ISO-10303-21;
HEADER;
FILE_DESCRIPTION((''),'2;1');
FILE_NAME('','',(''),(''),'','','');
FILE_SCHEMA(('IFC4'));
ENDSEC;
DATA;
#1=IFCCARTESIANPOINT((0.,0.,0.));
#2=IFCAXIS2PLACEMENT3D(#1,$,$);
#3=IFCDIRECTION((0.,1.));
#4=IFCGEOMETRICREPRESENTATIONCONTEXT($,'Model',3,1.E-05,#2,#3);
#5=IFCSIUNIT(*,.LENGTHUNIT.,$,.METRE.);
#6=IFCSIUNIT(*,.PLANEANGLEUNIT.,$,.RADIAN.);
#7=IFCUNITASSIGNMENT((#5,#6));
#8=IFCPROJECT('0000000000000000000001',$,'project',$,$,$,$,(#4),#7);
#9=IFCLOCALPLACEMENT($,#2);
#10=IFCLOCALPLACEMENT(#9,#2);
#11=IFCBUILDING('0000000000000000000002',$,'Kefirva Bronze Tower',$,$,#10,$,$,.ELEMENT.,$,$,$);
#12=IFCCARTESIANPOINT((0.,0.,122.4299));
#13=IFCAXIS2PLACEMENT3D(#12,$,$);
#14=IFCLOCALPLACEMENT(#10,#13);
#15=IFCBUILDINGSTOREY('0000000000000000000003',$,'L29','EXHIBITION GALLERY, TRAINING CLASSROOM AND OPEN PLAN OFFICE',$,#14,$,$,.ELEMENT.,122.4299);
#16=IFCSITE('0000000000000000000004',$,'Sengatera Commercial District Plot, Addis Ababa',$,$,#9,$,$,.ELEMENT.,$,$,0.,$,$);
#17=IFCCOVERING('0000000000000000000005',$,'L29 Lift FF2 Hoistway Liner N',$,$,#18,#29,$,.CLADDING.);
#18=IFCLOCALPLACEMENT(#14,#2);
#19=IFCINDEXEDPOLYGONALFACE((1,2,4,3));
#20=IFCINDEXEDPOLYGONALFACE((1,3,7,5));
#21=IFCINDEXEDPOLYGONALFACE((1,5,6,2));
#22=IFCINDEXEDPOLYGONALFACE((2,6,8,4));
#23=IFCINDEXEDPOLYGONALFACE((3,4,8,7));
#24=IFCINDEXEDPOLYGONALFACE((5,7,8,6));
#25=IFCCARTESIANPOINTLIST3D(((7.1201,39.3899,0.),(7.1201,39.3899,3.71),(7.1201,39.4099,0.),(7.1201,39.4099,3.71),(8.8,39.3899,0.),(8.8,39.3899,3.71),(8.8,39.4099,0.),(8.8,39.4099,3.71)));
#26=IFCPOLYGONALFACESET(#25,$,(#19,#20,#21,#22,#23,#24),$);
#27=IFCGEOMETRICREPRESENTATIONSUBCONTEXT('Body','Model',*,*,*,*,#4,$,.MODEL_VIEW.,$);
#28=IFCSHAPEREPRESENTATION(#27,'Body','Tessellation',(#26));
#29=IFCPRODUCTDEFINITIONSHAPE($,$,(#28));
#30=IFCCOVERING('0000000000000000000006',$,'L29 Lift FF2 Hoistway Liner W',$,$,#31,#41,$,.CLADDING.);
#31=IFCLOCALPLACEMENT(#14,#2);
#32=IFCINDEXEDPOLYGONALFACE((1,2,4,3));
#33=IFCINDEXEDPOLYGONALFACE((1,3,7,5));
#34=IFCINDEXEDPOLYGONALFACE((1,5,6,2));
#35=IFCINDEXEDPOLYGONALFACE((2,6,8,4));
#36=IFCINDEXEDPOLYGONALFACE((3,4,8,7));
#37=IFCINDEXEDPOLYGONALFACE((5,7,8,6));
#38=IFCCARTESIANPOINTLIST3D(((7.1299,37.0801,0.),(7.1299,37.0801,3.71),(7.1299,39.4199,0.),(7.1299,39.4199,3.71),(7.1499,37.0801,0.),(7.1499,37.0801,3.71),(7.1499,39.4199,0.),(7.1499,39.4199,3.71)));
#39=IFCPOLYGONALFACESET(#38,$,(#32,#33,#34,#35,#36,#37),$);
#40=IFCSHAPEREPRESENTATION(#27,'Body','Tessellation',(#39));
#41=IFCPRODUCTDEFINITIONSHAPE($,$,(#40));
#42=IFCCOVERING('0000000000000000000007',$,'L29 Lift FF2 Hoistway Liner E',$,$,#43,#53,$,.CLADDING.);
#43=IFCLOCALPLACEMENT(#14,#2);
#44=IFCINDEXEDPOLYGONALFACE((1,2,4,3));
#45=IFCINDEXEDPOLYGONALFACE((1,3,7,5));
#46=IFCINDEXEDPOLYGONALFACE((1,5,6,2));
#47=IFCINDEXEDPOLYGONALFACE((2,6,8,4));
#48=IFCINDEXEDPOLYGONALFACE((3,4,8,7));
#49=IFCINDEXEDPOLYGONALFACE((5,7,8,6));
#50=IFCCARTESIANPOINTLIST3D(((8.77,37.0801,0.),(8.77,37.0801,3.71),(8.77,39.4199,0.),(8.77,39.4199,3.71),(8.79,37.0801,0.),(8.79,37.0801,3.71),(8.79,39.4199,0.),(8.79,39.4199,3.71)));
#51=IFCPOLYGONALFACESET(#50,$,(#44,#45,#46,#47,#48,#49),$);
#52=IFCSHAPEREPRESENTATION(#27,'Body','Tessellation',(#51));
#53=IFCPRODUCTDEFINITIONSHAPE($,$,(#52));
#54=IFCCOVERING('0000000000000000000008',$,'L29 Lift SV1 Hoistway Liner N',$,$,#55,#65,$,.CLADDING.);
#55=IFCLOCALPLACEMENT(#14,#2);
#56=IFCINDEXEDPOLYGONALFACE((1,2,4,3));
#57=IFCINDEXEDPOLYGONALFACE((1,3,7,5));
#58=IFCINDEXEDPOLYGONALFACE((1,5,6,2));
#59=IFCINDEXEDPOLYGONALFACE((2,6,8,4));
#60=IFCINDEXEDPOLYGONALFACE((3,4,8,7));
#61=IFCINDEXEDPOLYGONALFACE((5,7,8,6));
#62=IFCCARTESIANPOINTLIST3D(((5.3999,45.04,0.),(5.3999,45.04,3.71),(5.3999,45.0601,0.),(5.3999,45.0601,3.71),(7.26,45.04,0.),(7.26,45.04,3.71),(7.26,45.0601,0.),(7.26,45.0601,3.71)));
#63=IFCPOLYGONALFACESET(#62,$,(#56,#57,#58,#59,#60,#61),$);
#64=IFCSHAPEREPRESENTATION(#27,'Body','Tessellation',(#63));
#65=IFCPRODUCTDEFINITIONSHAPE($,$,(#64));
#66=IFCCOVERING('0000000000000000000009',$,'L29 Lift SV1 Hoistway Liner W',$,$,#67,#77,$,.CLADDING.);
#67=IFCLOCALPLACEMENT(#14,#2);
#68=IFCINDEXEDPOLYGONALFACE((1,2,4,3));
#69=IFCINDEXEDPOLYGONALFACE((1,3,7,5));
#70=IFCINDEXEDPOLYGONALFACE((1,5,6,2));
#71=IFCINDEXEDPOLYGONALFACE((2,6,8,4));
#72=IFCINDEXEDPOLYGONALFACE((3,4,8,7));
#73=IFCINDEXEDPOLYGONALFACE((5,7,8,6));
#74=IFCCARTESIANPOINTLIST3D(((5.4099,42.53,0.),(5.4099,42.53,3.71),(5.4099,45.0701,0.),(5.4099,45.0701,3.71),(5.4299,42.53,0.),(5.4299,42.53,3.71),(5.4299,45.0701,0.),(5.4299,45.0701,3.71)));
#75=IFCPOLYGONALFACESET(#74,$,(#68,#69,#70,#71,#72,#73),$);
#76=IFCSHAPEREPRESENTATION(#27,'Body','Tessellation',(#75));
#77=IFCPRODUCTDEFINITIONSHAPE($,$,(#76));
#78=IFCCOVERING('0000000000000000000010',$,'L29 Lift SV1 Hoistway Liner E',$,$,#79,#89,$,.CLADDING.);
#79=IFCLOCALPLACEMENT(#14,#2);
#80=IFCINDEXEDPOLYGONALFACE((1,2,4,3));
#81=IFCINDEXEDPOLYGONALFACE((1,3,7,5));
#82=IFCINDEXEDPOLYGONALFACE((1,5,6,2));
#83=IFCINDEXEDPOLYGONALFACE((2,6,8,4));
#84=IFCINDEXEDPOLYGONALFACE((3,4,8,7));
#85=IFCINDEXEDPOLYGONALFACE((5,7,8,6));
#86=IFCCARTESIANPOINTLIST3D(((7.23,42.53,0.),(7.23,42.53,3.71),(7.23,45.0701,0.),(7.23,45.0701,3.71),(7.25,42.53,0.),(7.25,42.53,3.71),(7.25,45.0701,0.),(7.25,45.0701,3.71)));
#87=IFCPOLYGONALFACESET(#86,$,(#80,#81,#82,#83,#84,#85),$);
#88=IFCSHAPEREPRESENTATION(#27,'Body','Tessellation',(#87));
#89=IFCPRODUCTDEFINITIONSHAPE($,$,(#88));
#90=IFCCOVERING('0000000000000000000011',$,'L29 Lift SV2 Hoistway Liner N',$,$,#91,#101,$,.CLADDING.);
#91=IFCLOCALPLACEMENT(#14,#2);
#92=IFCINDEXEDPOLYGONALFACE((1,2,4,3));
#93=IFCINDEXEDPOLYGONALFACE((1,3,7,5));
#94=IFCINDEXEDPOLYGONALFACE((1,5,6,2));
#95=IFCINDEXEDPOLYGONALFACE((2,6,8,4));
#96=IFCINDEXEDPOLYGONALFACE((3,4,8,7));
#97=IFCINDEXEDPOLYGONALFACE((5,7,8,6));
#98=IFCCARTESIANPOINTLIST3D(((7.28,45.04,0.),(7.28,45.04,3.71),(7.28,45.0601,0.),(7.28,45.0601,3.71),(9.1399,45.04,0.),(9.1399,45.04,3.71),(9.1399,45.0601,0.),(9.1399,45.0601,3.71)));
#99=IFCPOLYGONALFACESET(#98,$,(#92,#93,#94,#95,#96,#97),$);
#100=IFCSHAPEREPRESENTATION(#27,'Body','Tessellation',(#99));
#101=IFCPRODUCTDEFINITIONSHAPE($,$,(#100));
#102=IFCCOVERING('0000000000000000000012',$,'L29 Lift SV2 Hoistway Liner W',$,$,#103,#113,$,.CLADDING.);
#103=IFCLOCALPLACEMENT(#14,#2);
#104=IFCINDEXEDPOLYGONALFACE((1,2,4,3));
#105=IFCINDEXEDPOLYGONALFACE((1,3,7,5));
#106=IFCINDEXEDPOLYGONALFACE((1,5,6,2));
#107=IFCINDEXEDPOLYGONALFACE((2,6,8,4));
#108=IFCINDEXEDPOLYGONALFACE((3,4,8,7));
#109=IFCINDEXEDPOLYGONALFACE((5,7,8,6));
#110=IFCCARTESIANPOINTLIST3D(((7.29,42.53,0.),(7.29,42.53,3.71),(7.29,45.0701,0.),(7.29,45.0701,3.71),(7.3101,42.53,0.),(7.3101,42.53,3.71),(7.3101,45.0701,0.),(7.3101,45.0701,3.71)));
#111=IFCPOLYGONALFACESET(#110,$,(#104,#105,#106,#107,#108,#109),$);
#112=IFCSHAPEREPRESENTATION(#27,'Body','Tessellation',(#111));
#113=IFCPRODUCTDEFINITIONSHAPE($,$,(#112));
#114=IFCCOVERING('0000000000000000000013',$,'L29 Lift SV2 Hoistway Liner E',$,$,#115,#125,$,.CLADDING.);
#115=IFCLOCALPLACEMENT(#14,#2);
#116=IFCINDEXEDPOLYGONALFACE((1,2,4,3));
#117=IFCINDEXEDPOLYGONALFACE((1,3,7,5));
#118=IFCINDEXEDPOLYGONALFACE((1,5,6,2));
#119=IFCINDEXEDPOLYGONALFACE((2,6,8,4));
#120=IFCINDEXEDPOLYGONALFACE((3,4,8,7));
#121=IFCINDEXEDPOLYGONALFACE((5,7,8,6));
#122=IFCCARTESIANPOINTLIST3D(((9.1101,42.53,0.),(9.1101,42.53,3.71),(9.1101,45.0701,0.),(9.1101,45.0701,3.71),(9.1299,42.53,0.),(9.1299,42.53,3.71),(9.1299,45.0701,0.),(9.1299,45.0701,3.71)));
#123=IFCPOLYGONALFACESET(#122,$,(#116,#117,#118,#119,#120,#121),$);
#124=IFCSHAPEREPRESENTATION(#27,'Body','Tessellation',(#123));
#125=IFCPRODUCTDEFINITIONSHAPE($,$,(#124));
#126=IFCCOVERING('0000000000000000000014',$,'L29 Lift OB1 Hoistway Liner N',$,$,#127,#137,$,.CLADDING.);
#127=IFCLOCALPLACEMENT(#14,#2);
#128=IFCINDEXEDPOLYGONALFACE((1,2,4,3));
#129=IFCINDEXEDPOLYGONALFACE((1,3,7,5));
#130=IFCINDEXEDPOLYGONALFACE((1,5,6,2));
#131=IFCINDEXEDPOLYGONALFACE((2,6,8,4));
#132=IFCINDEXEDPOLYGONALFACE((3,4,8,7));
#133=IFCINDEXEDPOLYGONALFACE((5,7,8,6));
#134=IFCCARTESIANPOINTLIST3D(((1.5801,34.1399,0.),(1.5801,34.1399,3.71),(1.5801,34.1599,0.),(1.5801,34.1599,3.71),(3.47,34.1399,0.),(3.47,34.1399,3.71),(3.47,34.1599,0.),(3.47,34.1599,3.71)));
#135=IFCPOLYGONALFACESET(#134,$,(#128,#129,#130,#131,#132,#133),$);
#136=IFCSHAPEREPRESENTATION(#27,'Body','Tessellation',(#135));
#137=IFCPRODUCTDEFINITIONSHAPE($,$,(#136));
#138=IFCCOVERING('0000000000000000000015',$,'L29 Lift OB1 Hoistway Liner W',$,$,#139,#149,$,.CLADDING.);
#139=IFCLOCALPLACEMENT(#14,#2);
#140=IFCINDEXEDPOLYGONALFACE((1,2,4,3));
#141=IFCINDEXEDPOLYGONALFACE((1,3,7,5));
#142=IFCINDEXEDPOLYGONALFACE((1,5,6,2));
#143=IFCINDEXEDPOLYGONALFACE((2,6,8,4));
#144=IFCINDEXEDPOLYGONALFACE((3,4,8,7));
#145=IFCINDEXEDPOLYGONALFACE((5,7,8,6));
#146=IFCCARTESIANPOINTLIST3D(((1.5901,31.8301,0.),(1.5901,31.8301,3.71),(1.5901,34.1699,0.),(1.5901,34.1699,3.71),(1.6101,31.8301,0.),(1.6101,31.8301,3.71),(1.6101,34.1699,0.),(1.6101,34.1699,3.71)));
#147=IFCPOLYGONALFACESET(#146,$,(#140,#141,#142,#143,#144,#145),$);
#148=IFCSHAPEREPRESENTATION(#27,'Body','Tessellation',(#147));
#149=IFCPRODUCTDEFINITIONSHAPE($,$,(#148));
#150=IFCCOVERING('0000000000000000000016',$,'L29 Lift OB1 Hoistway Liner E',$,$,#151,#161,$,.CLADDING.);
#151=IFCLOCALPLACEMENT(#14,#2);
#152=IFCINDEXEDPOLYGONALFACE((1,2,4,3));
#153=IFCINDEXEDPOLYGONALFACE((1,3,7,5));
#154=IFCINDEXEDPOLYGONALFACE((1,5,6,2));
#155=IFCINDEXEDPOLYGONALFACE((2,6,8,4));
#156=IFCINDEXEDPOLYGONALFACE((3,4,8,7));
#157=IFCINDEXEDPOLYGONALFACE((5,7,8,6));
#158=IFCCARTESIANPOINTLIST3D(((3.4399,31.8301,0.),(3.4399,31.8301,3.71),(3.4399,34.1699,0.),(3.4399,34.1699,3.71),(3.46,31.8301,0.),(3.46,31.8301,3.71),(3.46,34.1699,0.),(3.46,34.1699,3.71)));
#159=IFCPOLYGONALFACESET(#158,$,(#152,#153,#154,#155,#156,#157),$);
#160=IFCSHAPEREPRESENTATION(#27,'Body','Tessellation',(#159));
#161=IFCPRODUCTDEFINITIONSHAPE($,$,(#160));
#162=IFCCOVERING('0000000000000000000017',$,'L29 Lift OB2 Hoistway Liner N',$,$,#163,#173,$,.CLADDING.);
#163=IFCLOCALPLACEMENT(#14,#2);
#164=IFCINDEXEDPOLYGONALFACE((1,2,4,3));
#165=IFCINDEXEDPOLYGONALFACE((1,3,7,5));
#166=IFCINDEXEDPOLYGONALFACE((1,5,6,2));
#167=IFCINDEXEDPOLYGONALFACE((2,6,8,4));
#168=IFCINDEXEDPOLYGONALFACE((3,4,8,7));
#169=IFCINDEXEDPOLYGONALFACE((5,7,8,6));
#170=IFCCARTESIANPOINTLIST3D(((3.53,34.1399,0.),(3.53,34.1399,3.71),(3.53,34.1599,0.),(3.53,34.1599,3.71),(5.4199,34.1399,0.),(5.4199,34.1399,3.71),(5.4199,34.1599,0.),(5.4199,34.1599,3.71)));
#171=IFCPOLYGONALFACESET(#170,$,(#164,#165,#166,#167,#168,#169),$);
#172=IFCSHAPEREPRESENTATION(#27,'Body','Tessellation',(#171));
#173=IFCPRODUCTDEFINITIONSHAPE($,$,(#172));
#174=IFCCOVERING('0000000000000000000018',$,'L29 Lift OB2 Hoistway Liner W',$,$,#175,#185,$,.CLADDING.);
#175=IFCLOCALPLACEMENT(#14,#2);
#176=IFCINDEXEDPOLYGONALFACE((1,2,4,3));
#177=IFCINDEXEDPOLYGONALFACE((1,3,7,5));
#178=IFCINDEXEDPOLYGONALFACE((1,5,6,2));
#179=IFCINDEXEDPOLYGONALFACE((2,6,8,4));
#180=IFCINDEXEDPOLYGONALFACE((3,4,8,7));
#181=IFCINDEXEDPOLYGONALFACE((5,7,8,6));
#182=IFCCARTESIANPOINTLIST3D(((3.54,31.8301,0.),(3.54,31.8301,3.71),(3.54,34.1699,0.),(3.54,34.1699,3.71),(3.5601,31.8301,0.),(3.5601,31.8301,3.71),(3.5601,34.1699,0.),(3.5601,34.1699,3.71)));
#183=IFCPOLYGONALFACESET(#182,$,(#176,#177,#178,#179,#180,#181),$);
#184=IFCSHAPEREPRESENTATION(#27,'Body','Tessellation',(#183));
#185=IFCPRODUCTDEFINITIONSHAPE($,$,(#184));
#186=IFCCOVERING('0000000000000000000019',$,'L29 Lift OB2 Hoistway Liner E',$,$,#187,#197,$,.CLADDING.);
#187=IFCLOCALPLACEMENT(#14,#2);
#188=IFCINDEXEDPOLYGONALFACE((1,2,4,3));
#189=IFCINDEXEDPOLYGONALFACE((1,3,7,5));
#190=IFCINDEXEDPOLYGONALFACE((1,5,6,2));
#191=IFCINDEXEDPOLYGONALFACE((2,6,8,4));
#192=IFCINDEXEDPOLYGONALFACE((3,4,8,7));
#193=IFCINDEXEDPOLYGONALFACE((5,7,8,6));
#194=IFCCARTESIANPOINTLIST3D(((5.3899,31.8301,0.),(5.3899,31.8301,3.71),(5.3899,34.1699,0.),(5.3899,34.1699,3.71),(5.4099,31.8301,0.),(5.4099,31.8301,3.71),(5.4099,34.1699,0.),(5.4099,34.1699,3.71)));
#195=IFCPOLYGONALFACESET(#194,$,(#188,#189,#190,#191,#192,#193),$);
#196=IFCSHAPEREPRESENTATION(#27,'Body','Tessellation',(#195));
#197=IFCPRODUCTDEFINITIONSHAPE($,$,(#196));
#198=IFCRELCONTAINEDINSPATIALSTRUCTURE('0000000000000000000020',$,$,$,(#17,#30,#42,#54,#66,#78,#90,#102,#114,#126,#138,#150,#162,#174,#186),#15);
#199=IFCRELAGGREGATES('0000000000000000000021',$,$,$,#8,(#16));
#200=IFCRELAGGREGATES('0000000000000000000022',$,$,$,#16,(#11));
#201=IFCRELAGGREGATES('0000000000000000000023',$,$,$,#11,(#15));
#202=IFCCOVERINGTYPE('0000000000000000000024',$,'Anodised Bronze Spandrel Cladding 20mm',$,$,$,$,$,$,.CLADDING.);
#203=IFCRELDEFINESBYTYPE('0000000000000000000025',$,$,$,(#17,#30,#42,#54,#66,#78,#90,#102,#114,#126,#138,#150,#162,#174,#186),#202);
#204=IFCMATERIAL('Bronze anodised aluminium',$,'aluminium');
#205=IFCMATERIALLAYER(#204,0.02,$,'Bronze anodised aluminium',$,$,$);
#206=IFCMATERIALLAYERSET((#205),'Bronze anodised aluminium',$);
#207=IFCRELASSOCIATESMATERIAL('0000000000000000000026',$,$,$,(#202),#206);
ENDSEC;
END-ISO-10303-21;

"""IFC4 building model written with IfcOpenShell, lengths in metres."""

from ifc_helpers import new_model, si_unit, direction, frame, origin, place, context, subcontext, project, spatial, polyline, outline, extrude, material, layer, layer_set, type_object, element, save


model = new_model("IFC4")

# Units and contexts
model_context = context("Model", 3, precision=1e-05, world=origin(), true_north=direction((0.0, 1.0)))
body_context = subcontext(model_context, "Body", "Model", "MODEL_VIEW")
ifc_project = project(units=[si_unit("LENGTHUNIT", "METRE"), si_unit("PLANEANGLEUNIT", "RADIAN")], contexts=[model_context])

# Site, building, storey
site_placement = place(None, origin())
site = spatial("IfcSite", under=ifc_project, at=site_placement, Name="Sengatera Commercial District Plot, Addis Ababa", CompositionType="ELEMENT", RefElevation=0.0)
building_placement = place(site_placement, origin())
building = spatial("IfcBuilding", under=site, at=building_placement, Name="Kefirva Bronze Tower", CompositionType="ELEMENT")
storey_placement = place(building_placement, frame((0.0, 0.0, 122.4299)))
storey = spatial("IfcBuildingStorey", under=building, at=storey_placement, Name="L29", Description="EXHIBITION GALLERY, TRAINING CLASSROOM AND OPEN PLAN OFFICE", CompositionType="ELEMENT", Elevation=122.4299)

# Coverings
ifc_material_1 = material(Name="Bronze anodised aluminium", Category="aluminium")
ifc_layer_1 = layer(ifc_material_1, 0.02, Name="Bronze anodised aluminium")
ifc_layer_set_1 = layer_set([ifc_layer_1], Name="Bronze anodised aluminium")
covering_type = type_object("IfcCoveringType", Name="Anodised Bronze Spandrel Cladding 20mm", PredefinedType="CLADDING", material=ifc_layer_set_1)
covering_1_placement = place(storey_placement, origin())
element("IfcCovering", 1, at=covering_1_placement, inside=storey, type_object=covering_type, Name="L29 Lift FF2 Hoistway Liner N", PredefinedType="CLADDING", context=body_context, shape_type="SweptSolid", body=[
    extrude(outline(polyline([(7.1201, 39.3899), (8.8, 39.3899), (8.8, 39.4099), (7.1201, 39.4099), (7.1201, 39.3899)])), origin(), (0.0, 0.0, 1.0), 3.71),
])
covering_2_placement = place(storey_placement, origin())
element("IfcCovering", 2, at=covering_2_placement, inside=storey, type_object=covering_type, Name="L29 Lift FF2 Hoistway Liner W", PredefinedType="CLADDING", context=body_context, shape_type="SweptSolid", body=[
    extrude(outline(polyline([(7.1299, 37.0801), (7.1499, 37.0801), (7.1499, 39.4199), (7.1299, 39.4199), (7.1299, 37.0801)])), origin(), (0.0, 0.0, 1.0), 3.71),
])
covering_3_placement = place(storey_placement, origin())
element("IfcCovering", 3, at=covering_3_placement, inside=storey, type_object=covering_type, Name="L29 Lift FF2 Hoistway Liner E", PredefinedType="CLADDING", context=body_context, shape_type="SweptSolid", body=[
    extrude(outline(polyline([(8.77, 37.0801), (8.79, 37.0801), (8.79, 39.4199), (8.77, 39.4199), (8.77, 37.0801)])), origin(), (0.0, 0.0, 1.0), 3.71),
])
covering_4_placement = place(storey_placement, origin())
element("IfcCovering", 4, at=covering_4_placement, inside=storey, type_object=covering_type, Name="L29 Lift SV1 Hoistway Liner N", PredefinedType="CLADDING", context=body_context, shape_type="SweptSolid", body=[
    extrude(outline(polyline([(5.3999, 45.04), (7.26, 45.04), (7.26, 45.0601), (5.3999, 45.0601), (5.3999, 45.04)])), origin(), (0.0, 0.0, 1.0), 3.71),
])
covering_5_placement = place(storey_placement, origin())
element("IfcCovering", 5, at=covering_5_placement, inside=storey, type_object=covering_type, Name="L29 Lift SV1 Hoistway Liner W", PredefinedType="CLADDING", context=body_context, shape_type="SweptSolid", body=[
    extrude(outline(polyline([(5.4099, 42.53), (5.4299, 42.53), (5.4299, 45.0701), (5.4099, 45.0701), (5.4099, 42.53)])), origin(), (0.0, 0.0, 1.0), 3.71),
])
covering_6_placement = place(storey_placement, origin())
element("IfcCovering", 6, at=covering_6_placement, inside=storey, type_object=covering_type, Name="L29 Lift SV1 Hoistway Liner E", PredefinedType="CLADDING", context=body_context, shape_type="SweptSolid", body=[
    extrude(outline(polyline([(7.23, 42.53), (7.25, 42.53), (7.25, 45.0701), (7.23, 45.0701), (7.23, 42.53)])), origin(), (0.0, 0.0, 1.0), 3.71),
])
covering_7_placement = place(storey_placement, origin())
element("IfcCovering", 7, at=covering_7_placement, inside=storey, type_object=covering_type, Name="L29 Lift SV2 Hoistway Liner N", PredefinedType="CLADDING", context=body_context, shape_type="SweptSolid", body=[
    extrude(outline(polyline([(7.28, 45.04), (9.1399, 45.04), (9.1399, 45.0601), (7.28, 45.0601), (7.28, 45.04)])), origin(), (0.0, 0.0, 1.0), 3.71),
])
covering_8_placement = place(storey_placement, origin())
element("IfcCovering", 8, at=covering_8_placement, inside=storey, type_object=covering_type, Name="L29 Lift SV2 Hoistway Liner W", PredefinedType="CLADDING", context=body_context, shape_type="SweptSolid", body=[
    extrude(outline(polyline([(7.29, 42.53), (7.3101, 42.53), (7.3101, 45.0701), (7.29, 45.0701), (7.29, 42.53)])), origin(), (0.0, 0.0, 1.0), 3.71),
])
covering_9_placement = place(storey_placement, origin())
element("IfcCovering", 9, at=covering_9_placement, inside=storey, type_object=covering_type, Name="L29 Lift SV2 Hoistway Liner E", PredefinedType="CLADDING", context=body_context, shape_type="SweptSolid", body=[
    extrude(outline(polyline([(9.1101, 42.53), (9.1299, 42.53), (9.1299, 45.0701), (9.1101, 45.0701), (9.1101, 42.53)])), origin(), (0.0, 0.0, 1.0), 3.71),
])
covering_10_placement = place(storey_placement, origin())
element("IfcCovering", 10, at=covering_10_placement, inside=storey, type_object=covering_type, Name="L29 Lift OB1 Hoistway Liner N", PredefinedType="CLADDING", context=body_context, shape_type="SweptSolid", body=[
    extrude(outline(polyline([(1.5801, 34.1399), (3.47, 34.1399), (3.47, 34.1599), (1.5801, 34.1599), (1.5801, 34.1399)])), origin(), (0.0, 0.0, 1.0), 3.71),
])
covering_11_placement = place(storey_placement, origin())
element("IfcCovering", 11, at=covering_11_placement, inside=storey, type_object=covering_type, Name="L29 Lift OB1 Hoistway Liner W", PredefinedType="CLADDING", context=body_context, shape_type="SweptSolid", body=[
    extrude(outline(polyline([(1.5901, 31.8301), (1.6101, 31.8301), (1.6101, 34.1699), (1.5901, 34.1699), (1.5901, 31.8301)])), origin(), (0.0, 0.0, 1.0), 3.71),
])
covering_12_placement = place(storey_placement, origin())
element("IfcCovering", 12, at=covering_12_placement, inside=storey, type_object=covering_type, Name="L29 Lift OB1 Hoistway Liner E", PredefinedType="CLADDING", context=body_context, shape_type="SweptSolid", body=[
    extrude(outline(polyline([(3.4399, 31.8301), (3.46, 31.8301), (3.46, 34.1699), (3.4399, 34.1699), (3.4399, 31.8301)])), origin(), (0.0, 0.0, 1.0), 3.71),
])
covering_13_placement = place(storey_placement, origin())
element("IfcCovering", 13, at=covering_13_placement, inside=storey, type_object=covering_type, Name="L29 Lift OB2 Hoistway Liner N", PredefinedType="CLADDING", context=body_context, shape_type="SweptSolid", body=[
    extrude(outline(polyline([(3.53, 34.1399), (5.4199, 34.1399), (5.4199, 34.1599), (3.53, 34.1599), (3.53, 34.1399)])), origin(), (0.0, 0.0, 1.0), 3.71),
])
covering_14_placement = place(storey_placement, origin())
element("IfcCovering", 14, at=covering_14_placement, inside=storey, type_object=covering_type, Name="L29 Lift OB2 Hoistway Liner W", PredefinedType="CLADDING", context=body_context, shape_type="SweptSolid", body=[
    extrude(outline(polyline([(3.54, 31.8301), (3.5601, 31.8301), (3.5601, 34.1699), (3.54, 34.1699), (3.54, 31.8301)])), origin(), (0.0, 0.0, 1.0), 3.71),
])
covering_15_placement = place(storey_placement, origin())
element("IfcCovering", 15, at=covering_15_placement, inside=storey, type_object=covering_type, Name="L29 Lift OB2 Hoistway Liner E", PredefinedType="CLADDING", context=body_context, shape_type="SweptSolid", body=[
    extrude(outline(polyline([(5.3899, 31.8301), (5.4099, 31.8301), (5.4099, 34.1699), (5.3899, 34.1699), (5.3899, 31.8301)])), origin(), (0.0, 0.0, 1.0), 3.71),
])

save(model, "model.ifc")
